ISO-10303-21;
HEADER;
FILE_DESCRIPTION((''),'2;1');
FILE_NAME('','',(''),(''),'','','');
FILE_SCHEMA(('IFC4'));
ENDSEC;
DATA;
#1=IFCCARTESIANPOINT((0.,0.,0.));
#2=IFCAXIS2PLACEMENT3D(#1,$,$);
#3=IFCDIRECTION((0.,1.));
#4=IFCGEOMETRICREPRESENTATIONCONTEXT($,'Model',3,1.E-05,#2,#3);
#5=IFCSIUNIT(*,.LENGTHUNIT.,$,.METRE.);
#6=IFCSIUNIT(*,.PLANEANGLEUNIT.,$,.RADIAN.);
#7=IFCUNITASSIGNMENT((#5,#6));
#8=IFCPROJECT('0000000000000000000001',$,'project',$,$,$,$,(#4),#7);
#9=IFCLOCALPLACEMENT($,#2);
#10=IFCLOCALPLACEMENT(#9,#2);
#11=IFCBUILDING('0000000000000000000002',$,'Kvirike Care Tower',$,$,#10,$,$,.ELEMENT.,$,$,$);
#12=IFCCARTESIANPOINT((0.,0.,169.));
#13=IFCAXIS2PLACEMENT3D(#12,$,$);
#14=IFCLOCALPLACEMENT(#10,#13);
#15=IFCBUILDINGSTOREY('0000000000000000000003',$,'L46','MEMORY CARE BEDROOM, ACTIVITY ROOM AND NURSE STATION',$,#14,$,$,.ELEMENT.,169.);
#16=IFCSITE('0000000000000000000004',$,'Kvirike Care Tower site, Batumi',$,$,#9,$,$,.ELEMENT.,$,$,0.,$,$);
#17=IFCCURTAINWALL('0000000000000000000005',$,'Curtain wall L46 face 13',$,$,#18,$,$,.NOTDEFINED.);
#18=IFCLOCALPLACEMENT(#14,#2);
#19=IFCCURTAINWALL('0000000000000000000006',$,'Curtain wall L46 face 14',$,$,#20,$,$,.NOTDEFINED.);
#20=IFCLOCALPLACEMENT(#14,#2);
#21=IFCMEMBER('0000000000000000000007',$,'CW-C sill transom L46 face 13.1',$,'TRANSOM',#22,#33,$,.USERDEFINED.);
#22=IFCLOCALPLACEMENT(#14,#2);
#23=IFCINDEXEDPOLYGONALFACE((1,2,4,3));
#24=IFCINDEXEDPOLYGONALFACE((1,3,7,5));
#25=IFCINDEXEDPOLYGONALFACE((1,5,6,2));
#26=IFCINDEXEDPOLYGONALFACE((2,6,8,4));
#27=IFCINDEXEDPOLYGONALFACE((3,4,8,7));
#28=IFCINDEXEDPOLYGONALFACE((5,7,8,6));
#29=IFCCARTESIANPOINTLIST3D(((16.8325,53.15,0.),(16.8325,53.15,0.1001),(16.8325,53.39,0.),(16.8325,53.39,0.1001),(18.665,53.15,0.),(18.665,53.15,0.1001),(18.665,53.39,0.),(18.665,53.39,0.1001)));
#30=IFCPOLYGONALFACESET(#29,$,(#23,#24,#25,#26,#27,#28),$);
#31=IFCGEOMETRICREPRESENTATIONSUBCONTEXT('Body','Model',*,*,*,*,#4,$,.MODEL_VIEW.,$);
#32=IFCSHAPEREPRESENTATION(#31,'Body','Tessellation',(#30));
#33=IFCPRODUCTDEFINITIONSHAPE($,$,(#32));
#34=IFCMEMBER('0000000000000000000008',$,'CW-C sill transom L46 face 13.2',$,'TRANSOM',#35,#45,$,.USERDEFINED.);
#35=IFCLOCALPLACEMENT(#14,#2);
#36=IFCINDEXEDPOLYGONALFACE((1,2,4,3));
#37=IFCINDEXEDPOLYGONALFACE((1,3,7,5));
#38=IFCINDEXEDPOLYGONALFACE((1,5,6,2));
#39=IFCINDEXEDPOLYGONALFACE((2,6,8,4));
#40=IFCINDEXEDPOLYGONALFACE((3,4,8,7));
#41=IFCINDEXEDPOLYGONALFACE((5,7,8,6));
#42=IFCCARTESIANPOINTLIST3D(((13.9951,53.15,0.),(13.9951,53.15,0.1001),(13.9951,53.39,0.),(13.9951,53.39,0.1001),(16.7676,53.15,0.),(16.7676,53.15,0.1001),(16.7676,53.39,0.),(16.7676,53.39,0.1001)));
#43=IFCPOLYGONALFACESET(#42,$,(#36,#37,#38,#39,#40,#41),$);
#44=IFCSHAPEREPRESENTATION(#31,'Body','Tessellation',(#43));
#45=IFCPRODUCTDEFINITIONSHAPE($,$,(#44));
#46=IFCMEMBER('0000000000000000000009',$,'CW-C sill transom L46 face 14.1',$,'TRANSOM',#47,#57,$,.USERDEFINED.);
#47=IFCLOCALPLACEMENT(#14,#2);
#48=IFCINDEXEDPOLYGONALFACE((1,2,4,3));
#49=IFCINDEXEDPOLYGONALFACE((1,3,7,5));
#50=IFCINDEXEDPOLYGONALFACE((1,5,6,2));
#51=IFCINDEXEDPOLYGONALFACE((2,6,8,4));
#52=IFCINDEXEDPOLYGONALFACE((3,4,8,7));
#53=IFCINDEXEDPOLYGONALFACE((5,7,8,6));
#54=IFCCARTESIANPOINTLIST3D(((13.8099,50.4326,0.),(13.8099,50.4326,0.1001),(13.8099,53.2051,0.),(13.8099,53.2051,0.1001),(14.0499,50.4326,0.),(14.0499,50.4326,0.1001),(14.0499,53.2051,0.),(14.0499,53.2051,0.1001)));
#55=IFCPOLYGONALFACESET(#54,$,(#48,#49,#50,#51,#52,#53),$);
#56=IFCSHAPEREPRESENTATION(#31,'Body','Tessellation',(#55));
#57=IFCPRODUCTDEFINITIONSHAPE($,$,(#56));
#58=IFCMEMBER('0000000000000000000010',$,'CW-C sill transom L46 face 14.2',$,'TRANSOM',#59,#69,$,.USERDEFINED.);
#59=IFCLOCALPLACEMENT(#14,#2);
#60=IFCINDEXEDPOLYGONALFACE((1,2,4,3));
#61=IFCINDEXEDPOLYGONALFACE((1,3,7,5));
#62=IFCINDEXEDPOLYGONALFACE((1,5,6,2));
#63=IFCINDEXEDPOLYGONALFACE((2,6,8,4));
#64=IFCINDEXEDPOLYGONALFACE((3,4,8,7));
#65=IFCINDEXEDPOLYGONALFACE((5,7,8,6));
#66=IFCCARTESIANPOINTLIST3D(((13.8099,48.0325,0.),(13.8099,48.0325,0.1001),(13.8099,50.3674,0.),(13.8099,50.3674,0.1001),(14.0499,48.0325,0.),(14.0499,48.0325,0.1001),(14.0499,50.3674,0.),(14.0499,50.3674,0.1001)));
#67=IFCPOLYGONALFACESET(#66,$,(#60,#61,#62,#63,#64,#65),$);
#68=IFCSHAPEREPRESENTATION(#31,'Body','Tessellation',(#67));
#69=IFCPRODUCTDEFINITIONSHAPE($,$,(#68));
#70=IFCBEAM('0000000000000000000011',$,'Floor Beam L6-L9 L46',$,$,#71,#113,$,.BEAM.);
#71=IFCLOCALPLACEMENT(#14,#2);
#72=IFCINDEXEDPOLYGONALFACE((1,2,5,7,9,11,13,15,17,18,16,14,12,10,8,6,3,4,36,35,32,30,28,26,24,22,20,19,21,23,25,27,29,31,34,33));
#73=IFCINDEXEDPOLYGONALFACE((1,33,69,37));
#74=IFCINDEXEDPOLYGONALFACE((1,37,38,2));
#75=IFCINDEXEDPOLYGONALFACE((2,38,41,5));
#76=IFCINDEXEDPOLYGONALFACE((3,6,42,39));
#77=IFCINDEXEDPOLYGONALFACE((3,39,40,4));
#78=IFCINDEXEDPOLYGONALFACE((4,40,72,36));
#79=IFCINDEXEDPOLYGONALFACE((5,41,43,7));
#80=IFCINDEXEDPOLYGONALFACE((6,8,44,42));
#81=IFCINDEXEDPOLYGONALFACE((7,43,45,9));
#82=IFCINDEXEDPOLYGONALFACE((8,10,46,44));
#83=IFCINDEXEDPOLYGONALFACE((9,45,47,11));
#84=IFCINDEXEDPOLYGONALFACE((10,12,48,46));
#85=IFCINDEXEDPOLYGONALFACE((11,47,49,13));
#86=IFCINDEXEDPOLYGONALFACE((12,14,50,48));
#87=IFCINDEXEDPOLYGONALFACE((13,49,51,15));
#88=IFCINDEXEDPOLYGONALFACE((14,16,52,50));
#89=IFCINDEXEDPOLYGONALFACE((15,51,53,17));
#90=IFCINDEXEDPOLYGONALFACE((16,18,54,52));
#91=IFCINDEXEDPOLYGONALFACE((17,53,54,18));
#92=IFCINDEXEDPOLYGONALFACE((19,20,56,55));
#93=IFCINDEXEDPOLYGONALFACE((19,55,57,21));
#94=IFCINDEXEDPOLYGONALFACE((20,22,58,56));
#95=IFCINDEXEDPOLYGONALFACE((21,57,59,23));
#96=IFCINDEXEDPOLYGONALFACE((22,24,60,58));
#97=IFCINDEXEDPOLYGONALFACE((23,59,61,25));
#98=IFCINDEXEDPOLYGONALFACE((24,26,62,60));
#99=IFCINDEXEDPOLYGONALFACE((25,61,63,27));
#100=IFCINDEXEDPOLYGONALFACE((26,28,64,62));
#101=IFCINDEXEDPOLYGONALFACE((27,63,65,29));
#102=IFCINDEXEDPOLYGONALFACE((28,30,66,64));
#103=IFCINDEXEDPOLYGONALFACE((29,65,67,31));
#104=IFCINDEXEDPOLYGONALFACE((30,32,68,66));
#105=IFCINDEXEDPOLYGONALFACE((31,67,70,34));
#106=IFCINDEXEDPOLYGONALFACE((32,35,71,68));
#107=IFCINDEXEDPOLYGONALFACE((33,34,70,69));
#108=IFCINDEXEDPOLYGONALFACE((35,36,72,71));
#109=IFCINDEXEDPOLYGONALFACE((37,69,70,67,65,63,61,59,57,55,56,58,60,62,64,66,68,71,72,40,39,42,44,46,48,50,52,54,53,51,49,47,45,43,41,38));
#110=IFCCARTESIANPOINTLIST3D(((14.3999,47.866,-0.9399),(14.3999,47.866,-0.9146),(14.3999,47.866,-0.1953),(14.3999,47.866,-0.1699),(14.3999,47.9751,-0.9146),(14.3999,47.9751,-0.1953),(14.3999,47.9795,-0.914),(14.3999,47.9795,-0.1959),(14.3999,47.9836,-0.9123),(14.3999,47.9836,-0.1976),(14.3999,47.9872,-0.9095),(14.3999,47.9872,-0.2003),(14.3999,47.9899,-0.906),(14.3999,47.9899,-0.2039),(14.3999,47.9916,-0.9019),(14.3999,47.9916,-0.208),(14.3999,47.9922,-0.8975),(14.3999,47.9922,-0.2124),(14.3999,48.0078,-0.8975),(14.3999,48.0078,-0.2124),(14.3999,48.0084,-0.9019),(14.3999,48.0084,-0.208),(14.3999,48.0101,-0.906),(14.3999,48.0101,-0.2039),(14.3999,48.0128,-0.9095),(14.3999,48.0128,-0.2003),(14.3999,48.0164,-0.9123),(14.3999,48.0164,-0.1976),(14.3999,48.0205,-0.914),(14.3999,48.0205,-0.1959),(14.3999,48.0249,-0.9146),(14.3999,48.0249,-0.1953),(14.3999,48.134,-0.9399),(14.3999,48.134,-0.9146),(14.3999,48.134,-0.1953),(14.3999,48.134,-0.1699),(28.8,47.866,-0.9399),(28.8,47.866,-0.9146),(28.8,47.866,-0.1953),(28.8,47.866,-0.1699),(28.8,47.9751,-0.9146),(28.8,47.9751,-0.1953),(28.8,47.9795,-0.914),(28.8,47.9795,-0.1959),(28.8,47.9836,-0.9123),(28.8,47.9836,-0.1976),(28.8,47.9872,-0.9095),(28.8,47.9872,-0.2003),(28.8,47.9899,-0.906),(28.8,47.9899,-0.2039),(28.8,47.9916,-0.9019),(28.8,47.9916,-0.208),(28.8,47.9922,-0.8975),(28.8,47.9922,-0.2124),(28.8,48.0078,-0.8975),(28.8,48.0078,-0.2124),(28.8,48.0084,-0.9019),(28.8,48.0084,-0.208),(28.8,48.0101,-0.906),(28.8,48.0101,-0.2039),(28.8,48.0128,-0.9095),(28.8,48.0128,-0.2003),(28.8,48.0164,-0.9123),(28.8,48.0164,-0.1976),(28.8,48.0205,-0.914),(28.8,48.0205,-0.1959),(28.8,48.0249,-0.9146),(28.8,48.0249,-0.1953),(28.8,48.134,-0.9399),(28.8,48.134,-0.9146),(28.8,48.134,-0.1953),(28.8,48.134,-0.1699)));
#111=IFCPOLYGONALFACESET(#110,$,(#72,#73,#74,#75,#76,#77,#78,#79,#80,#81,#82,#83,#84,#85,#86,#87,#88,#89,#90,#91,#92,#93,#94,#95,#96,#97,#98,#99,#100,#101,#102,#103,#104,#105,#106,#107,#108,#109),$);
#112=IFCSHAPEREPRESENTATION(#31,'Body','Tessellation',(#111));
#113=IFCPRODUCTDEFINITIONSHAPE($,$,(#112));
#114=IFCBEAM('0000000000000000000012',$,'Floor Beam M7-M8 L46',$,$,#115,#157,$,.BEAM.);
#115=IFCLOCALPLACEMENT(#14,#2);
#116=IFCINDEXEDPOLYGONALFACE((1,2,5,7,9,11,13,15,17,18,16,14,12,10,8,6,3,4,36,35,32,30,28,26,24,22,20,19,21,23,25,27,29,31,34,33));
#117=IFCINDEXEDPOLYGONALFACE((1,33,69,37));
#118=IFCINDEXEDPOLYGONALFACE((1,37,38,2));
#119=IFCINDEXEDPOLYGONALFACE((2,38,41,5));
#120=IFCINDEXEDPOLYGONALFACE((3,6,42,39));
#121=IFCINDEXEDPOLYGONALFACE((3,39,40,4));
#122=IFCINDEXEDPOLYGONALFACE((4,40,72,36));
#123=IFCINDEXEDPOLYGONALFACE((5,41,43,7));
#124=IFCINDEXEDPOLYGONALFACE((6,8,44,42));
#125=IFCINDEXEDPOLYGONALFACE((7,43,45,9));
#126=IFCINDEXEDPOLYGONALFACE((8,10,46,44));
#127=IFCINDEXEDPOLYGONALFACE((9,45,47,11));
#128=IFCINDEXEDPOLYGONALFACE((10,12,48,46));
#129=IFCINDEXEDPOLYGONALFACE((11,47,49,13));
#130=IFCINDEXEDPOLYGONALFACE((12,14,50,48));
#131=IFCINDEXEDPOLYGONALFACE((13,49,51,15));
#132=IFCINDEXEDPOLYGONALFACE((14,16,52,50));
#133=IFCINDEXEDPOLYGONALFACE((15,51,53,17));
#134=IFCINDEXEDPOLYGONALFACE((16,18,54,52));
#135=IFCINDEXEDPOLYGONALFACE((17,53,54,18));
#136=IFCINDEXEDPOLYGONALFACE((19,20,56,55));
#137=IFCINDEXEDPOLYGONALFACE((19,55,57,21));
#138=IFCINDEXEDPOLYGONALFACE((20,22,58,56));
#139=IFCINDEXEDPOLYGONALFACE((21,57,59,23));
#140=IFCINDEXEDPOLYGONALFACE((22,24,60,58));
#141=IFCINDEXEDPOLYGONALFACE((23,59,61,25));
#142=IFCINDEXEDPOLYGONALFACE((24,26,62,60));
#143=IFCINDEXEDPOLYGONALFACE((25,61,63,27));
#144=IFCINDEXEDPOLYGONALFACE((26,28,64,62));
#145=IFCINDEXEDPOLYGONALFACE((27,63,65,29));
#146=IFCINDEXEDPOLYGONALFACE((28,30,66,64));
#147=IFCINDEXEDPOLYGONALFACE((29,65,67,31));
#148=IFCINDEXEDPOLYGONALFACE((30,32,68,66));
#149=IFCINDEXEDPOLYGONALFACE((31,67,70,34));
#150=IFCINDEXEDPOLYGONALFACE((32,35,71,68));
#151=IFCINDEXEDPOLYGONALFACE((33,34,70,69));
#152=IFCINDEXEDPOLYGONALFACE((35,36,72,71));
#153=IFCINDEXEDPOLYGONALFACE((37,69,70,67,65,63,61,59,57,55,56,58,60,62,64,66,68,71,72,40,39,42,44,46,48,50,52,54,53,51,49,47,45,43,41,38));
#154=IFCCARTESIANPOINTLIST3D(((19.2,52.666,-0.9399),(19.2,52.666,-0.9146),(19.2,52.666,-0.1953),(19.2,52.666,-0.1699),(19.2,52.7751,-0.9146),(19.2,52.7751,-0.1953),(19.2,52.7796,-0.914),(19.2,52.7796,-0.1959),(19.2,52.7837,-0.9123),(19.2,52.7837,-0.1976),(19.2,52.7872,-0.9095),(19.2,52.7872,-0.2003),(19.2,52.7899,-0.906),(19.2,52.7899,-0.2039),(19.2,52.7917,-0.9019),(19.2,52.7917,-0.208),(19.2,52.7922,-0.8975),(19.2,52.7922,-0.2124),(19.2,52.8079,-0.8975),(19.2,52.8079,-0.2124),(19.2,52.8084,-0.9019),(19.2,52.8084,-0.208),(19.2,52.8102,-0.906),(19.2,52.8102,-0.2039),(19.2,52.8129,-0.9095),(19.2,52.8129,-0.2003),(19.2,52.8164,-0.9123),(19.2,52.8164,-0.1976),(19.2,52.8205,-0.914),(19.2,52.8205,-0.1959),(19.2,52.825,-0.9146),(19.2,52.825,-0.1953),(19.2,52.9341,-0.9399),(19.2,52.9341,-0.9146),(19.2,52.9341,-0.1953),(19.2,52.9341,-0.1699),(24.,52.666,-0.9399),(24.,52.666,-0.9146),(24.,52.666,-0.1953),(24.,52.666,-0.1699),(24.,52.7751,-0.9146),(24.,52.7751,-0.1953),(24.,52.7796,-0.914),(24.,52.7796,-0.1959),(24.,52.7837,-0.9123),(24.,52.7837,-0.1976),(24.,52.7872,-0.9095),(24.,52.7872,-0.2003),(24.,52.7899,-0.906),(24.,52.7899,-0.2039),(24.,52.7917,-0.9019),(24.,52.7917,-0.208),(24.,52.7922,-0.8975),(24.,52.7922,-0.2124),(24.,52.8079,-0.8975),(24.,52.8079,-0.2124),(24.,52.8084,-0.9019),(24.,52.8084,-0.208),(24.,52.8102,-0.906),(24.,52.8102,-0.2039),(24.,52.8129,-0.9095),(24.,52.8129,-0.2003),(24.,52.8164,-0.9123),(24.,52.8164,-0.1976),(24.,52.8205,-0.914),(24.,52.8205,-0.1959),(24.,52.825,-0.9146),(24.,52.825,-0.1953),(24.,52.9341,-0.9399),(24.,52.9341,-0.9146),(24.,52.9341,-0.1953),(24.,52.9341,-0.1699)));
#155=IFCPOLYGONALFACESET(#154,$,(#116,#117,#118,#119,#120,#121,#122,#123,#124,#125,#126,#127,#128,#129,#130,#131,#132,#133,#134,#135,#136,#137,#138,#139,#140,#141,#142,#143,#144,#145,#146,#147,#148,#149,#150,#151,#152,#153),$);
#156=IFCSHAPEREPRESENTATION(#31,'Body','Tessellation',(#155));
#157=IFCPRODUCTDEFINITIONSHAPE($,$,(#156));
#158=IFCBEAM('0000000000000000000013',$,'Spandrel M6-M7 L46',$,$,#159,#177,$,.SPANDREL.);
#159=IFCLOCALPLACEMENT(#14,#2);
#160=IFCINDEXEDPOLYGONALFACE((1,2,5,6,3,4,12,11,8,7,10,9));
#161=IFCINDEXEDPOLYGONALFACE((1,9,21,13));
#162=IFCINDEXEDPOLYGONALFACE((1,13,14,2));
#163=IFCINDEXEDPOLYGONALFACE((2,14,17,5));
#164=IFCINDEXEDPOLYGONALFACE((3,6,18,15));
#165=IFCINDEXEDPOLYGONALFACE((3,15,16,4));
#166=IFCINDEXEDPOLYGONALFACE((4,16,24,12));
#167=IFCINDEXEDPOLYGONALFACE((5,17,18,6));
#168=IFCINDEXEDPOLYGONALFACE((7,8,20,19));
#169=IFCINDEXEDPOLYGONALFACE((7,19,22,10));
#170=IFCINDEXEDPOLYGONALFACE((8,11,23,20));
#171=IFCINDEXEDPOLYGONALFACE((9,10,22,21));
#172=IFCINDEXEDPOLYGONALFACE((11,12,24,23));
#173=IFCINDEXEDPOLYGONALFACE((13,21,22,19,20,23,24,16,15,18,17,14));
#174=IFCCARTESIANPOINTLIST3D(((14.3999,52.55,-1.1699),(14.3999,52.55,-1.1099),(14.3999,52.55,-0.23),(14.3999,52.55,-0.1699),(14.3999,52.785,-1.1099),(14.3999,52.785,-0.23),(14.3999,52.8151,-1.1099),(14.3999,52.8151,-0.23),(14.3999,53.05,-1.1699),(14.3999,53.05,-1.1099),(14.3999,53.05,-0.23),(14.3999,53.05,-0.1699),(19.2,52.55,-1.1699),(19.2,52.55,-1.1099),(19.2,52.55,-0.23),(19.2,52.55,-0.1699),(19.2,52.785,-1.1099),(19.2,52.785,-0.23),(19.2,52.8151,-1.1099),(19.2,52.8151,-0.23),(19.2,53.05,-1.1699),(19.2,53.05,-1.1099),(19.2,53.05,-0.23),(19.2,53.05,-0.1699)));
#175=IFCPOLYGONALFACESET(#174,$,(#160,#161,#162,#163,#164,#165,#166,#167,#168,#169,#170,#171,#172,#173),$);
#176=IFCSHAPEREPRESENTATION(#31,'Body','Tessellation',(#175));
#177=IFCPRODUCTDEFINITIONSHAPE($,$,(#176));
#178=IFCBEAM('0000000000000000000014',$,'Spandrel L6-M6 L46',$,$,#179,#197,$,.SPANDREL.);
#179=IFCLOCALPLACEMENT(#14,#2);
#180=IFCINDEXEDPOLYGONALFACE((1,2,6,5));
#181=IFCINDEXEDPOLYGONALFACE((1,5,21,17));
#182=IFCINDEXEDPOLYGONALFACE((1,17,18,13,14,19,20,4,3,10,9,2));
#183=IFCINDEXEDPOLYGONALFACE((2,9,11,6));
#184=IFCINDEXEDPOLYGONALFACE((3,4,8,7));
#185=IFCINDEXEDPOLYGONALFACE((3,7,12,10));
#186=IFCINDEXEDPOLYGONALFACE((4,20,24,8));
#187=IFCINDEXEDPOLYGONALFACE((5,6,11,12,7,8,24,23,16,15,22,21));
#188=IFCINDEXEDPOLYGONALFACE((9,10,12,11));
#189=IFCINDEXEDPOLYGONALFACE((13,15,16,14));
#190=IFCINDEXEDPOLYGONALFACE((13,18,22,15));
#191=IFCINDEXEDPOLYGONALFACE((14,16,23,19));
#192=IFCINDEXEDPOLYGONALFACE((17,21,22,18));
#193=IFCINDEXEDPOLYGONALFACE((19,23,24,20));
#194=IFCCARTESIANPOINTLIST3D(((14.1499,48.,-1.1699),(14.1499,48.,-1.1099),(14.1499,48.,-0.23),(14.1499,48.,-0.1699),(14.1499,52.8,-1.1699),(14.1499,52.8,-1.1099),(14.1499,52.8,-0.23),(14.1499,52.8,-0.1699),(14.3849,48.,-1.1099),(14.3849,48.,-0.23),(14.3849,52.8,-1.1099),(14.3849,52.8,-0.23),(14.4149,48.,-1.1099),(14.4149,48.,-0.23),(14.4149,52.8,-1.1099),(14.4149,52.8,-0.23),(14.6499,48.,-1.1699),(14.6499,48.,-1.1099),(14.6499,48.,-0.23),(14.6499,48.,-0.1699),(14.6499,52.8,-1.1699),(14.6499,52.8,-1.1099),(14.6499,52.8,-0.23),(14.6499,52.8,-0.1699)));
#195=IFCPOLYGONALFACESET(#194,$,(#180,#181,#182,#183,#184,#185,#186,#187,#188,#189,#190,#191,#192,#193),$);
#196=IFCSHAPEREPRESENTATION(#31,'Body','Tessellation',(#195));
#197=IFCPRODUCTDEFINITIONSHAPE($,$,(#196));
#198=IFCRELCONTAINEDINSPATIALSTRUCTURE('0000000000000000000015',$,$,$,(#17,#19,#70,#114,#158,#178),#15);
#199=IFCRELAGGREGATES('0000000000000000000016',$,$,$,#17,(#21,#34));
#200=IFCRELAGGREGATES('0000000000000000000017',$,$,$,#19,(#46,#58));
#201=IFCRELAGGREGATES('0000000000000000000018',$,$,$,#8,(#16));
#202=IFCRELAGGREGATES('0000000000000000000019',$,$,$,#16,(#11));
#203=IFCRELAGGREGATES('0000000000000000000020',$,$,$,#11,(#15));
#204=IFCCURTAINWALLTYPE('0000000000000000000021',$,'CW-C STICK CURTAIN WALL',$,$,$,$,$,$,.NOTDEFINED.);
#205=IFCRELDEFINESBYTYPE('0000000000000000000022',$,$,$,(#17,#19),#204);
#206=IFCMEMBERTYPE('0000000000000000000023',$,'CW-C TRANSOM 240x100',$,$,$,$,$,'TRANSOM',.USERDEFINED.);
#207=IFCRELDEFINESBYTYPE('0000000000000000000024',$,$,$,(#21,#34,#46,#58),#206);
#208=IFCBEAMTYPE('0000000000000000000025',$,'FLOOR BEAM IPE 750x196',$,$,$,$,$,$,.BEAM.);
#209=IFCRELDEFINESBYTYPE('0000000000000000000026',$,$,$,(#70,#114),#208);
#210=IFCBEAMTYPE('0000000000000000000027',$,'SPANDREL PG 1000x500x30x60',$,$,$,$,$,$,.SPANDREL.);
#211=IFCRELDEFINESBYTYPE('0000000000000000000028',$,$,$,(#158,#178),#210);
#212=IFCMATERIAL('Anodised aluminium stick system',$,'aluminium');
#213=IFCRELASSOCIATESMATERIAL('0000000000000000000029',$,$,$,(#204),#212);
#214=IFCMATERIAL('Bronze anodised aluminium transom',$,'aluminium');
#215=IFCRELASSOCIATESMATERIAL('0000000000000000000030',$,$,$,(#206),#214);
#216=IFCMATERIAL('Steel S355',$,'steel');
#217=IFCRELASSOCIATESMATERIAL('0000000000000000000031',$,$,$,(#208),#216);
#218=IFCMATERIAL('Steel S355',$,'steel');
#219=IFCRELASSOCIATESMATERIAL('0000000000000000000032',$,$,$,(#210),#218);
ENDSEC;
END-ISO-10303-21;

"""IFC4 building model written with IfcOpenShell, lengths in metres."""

from ifc_helpers import new_model, si_unit, direction, frame, origin, origin_2d, place, context, subcontext, project, spatial, rectangle, i_section, extrude, material, material_profile, profile_set, type_object, element, aggregate, save


model = new_model("IFC4")

# Units and contexts
model_context = context("Model", 3, precision=1e-05, world=origin(), true_north=direction((0.0, 1.0)))
body_context = subcontext(model_context, "Body", "Model", "MODEL_VIEW")
ifc_project = project(units=[si_unit("LENGTHUNIT", "METRE"), si_unit("PLANEANGLEUNIT", "RADIAN")], contexts=[model_context])

# Site, building, storey
site_placement = place(None, origin())
site = spatial("IfcSite", under=ifc_project, at=site_placement, Name="Kvirike Care Tower site, Batumi", CompositionType="ELEMENT", RefElevation=0.0)
building_placement = place(site_placement, origin())
building = spatial("IfcBuilding", under=site, at=building_placement, Name="Kvirike Care Tower", CompositionType="ELEMENT")
storey_placement = place(building_placement, frame((0.0, 0.0, 169.0)))
storey = spatial("IfcBuildingStorey", under=building, at=storey_placement, Name="L46", Description="MEMORY CARE BEDROOM, ACTIVITY ROOM AND NURSE STATION", CompositionType="ELEMENT", Elevation=169.0)

# Shared definitions
ifc_material_1 = material(Name="Anodised aluminium stick system", Category="aluminium")
curtain_wall_type = type_object("IfcCurtainWallType", Name="CW-C STICK CURTAIN WALL", PredefinedType="NOTDEFINED", material=ifc_material_1)

# Curtain walls
curtain_wall_1_placement = place(storey_placement, origin())
curtain_wall_1 = element("IfcCurtainWall", 1, at=curtain_wall_1_placement, inside=storey, type_object=curtain_wall_type, Name="Curtain wall L46 face 13", PredefinedType="NOTDEFINED")
curtain_wall_2_placement = place(storey_placement, origin())
curtain_wall_2 = element("IfcCurtainWall", 2, at=curtain_wall_2_placement, inside=storey, type_object=curtain_wall_type, Name="Curtain wall L46 face 14", PredefinedType="NOTDEFINED")

# Members
ifc_material_2 = material(Name="Bronze anodised aluminium transom", Category="aluminium")
ifc_material_profile_1 = material_profile(ifc_material_2, rectangle(XDim=0.24, YDim=0.1001, at=origin_2d()), Name="CW-C TRANSOM 240x100")
ifc_profile_set_1 = profile_set([ifc_material_profile_1], Name="Bronze anodised aluminium transom")
member_type_1 = type_object("IfcMemberType", Name="CW-C TRANSOM 240x100", ElementType="TRANSOM", PredefinedType="USERDEFINED", material=ifc_profile_set_1)
member_1_placement = place(storey_placement, frame((18.665, 53.27, 0.05), z_axis=(-1.0, 0.0, 0.0), x_axis=(0.0, -1.0, 0.0)))
member_1 = element("IfcMember", 3, at=member_1_placement, type_object=member_type_1, Name="CW-C sill transom L46 face 13.1", ObjectType="TRANSOM", PredefinedType="USERDEFINED", context=body_context, shape_type="SweptSolid", body=[
    extrude(rectangle(XDim=0.24, YDim=0.1001, at=origin_2d()), origin(), (0.0, 0.0, 1.0), 1.8325),
])
member_2_placement = place(storey_placement, frame((16.7676, 53.27, 0.05), z_axis=(-1.0, 0.0, 0.0), x_axis=(0.0, -1.0, 0.0)))
member_2 = element("IfcMember", 4, at=member_2_placement, type_object=member_type_1, Name="CW-C sill transom L46 face 13.2", ObjectType="TRANSOM", PredefinedType="USERDEFINED", context=body_context, shape_type="SweptSolid", body=[
    extrude(rectangle(XDim=0.24, YDim=0.1001, at=origin_2d()), origin(), (0.0, 0.0, 1.0), 2.7725),
])
member_3_placement = place(storey_placement, frame((13.9299, 53.2051, 0.05), z_axis=(0.0, -1.0, 0.0), x_axis=(1.0, 0.0, 0.0)))
member_3 = element("IfcMember", 5, at=member_3_placement, type_object=member_type_1, Name="CW-C sill transom L46 face 14.1", ObjectType="TRANSOM", PredefinedType="USERDEFINED", context=body_context, shape_type="SweptSolid", body=[
    extrude(rectangle(XDim=0.24, YDim=0.1001, at=origin_2d()), origin(), (0.0, 0.0, 1.0), 2.7725),
])
member_4_placement = place(storey_placement, frame((13.9299, 50.3674, 0.05), z_axis=(0.0, -1.0, 0.0), x_axis=(1.0, 0.0, 0.0)))
member_4 = element("IfcMember", 6, at=member_4_placement, type_object=member_type_1, Name="CW-C sill transom L46 face 14.2", ObjectType="TRANSOM", PredefinedType="USERDEFINED", context=body_context, shape_type="SweptSolid", body=[
    extrude(rectangle(XDim=0.24, YDim=0.1001, at=origin_2d()), origin(), (0.0, 0.0, 1.0), 2.335),
])

# Beams
ifc_material_3 = material(Name="Steel S355", Category="steel")
ifc_material_profile_2 = material_profile(ifc_material_3, i_section(OverallWidth=0.2681, OverallDepth=0.77, WebThickness=0.0156, FlangeThickness=0.0254, FilletRadius=0.0171, at=origin_2d()), Name="IPE 750x196")
ifc_profile_set_2 = profile_set([ifc_material_profile_2], Name="Steel S355")
beam_type_1 = type_object("IfcBeamType", Name="FLOOR BEAM IPE 750x196", PredefinedType="BEAM", material=ifc_profile_set_2)
beam_1_placement = place(storey_placement, frame((14.3999, 48.0, -0.5549), z_axis=(1.0, 0.0, 0.0), x_axis=(0.0, 1.0, 0.0)))
element("IfcBeam", 7, at=beam_1_placement, inside=storey, type_object=beam_type_1, Name="Floor Beam L6-L9 L46", PredefinedType="BEAM", context=body_context, shape_type="SweptSolid", body=[
    extrude(i_section(OverallWidth=0.2681, OverallDepth=0.77, WebThickness=0.0156, FlangeThickness=0.0254, FilletRadius=0.0171, at=origin_2d()), origin(), (0.0, 0.0, 1.0), 14.4001),
])
beam_2_placement = place(storey_placement, frame((19.2, 52.8, -0.5549), z_axis=(1.0, 0.0, 0.0), x_axis=(0.0, 1.0, 0.0)))
element("IfcBeam", 8, at=beam_2_placement, inside=storey, type_object=beam_type_1, Name="Floor Beam M7-M8 L46", PredefinedType="BEAM", context=body_context, shape_type="SweptSolid", body=[
    extrude(i_section(OverallWidth=0.2681, OverallDepth=0.77, WebThickness=0.0156, FlangeThickness=0.0254, FilletRadius=0.0171, at=origin_2d()), origin(), (0.0, 0.0, 1.0), 4.8),
])
ifc_material_4 = material(Name="Steel S355", Category="steel")
ifc_material_profile_3 = material_profile(ifc_material_4, i_section(OverallWidth=0.5, OverallDepth=1.0, WebThickness=0.03, FlangeThickness=0.0601, at=origin_2d()), Name="PG 1000x500x30x60")
ifc_profile_set_3 = profile_set([ifc_material_profile_3], Name="Steel S355")
beam_type_2 = type_object("IfcBeamType", Name="SPANDREL PG 1000x500x30x60", PredefinedType="SPANDREL", material=ifc_profile_set_3)
for number, where, z_axis, x_axis, name in (
    (9, (14.3999, 52.8, -0.6699), (1.0, 0.0, 0.0), (0.0, 1.0, 0.0), "Spandrel M6-M7 L46"),
    (10, (14.3999, 48.0, -0.6699), (0.0, 1.0, 0.0), (-1.0, 0.0, 0.0), "Spandrel L6-M6 L46"),
):
    element("IfcBeam", number, at=place(storey_placement, frame(where, z_axis=z_axis, x_axis=x_axis)), inside=storey, type_object=beam_type_2, Name=name, PredefinedType="SPANDREL", context=body_context, shape_type="SweptSolid", body=[
        extrude(i_section(OverallWidth=0.5, OverallDepth=1.0, WebThickness=0.03, FlangeThickness=0.0601, at=origin_2d()), origin(), (0.0, 0.0, 1.0), 4.8),
    ])

aggregate(curtain_wall_1, [member_1, member_2])
aggregate(curtain_wall_2, [member_3, member_4])

save(model, "model.ifc")
